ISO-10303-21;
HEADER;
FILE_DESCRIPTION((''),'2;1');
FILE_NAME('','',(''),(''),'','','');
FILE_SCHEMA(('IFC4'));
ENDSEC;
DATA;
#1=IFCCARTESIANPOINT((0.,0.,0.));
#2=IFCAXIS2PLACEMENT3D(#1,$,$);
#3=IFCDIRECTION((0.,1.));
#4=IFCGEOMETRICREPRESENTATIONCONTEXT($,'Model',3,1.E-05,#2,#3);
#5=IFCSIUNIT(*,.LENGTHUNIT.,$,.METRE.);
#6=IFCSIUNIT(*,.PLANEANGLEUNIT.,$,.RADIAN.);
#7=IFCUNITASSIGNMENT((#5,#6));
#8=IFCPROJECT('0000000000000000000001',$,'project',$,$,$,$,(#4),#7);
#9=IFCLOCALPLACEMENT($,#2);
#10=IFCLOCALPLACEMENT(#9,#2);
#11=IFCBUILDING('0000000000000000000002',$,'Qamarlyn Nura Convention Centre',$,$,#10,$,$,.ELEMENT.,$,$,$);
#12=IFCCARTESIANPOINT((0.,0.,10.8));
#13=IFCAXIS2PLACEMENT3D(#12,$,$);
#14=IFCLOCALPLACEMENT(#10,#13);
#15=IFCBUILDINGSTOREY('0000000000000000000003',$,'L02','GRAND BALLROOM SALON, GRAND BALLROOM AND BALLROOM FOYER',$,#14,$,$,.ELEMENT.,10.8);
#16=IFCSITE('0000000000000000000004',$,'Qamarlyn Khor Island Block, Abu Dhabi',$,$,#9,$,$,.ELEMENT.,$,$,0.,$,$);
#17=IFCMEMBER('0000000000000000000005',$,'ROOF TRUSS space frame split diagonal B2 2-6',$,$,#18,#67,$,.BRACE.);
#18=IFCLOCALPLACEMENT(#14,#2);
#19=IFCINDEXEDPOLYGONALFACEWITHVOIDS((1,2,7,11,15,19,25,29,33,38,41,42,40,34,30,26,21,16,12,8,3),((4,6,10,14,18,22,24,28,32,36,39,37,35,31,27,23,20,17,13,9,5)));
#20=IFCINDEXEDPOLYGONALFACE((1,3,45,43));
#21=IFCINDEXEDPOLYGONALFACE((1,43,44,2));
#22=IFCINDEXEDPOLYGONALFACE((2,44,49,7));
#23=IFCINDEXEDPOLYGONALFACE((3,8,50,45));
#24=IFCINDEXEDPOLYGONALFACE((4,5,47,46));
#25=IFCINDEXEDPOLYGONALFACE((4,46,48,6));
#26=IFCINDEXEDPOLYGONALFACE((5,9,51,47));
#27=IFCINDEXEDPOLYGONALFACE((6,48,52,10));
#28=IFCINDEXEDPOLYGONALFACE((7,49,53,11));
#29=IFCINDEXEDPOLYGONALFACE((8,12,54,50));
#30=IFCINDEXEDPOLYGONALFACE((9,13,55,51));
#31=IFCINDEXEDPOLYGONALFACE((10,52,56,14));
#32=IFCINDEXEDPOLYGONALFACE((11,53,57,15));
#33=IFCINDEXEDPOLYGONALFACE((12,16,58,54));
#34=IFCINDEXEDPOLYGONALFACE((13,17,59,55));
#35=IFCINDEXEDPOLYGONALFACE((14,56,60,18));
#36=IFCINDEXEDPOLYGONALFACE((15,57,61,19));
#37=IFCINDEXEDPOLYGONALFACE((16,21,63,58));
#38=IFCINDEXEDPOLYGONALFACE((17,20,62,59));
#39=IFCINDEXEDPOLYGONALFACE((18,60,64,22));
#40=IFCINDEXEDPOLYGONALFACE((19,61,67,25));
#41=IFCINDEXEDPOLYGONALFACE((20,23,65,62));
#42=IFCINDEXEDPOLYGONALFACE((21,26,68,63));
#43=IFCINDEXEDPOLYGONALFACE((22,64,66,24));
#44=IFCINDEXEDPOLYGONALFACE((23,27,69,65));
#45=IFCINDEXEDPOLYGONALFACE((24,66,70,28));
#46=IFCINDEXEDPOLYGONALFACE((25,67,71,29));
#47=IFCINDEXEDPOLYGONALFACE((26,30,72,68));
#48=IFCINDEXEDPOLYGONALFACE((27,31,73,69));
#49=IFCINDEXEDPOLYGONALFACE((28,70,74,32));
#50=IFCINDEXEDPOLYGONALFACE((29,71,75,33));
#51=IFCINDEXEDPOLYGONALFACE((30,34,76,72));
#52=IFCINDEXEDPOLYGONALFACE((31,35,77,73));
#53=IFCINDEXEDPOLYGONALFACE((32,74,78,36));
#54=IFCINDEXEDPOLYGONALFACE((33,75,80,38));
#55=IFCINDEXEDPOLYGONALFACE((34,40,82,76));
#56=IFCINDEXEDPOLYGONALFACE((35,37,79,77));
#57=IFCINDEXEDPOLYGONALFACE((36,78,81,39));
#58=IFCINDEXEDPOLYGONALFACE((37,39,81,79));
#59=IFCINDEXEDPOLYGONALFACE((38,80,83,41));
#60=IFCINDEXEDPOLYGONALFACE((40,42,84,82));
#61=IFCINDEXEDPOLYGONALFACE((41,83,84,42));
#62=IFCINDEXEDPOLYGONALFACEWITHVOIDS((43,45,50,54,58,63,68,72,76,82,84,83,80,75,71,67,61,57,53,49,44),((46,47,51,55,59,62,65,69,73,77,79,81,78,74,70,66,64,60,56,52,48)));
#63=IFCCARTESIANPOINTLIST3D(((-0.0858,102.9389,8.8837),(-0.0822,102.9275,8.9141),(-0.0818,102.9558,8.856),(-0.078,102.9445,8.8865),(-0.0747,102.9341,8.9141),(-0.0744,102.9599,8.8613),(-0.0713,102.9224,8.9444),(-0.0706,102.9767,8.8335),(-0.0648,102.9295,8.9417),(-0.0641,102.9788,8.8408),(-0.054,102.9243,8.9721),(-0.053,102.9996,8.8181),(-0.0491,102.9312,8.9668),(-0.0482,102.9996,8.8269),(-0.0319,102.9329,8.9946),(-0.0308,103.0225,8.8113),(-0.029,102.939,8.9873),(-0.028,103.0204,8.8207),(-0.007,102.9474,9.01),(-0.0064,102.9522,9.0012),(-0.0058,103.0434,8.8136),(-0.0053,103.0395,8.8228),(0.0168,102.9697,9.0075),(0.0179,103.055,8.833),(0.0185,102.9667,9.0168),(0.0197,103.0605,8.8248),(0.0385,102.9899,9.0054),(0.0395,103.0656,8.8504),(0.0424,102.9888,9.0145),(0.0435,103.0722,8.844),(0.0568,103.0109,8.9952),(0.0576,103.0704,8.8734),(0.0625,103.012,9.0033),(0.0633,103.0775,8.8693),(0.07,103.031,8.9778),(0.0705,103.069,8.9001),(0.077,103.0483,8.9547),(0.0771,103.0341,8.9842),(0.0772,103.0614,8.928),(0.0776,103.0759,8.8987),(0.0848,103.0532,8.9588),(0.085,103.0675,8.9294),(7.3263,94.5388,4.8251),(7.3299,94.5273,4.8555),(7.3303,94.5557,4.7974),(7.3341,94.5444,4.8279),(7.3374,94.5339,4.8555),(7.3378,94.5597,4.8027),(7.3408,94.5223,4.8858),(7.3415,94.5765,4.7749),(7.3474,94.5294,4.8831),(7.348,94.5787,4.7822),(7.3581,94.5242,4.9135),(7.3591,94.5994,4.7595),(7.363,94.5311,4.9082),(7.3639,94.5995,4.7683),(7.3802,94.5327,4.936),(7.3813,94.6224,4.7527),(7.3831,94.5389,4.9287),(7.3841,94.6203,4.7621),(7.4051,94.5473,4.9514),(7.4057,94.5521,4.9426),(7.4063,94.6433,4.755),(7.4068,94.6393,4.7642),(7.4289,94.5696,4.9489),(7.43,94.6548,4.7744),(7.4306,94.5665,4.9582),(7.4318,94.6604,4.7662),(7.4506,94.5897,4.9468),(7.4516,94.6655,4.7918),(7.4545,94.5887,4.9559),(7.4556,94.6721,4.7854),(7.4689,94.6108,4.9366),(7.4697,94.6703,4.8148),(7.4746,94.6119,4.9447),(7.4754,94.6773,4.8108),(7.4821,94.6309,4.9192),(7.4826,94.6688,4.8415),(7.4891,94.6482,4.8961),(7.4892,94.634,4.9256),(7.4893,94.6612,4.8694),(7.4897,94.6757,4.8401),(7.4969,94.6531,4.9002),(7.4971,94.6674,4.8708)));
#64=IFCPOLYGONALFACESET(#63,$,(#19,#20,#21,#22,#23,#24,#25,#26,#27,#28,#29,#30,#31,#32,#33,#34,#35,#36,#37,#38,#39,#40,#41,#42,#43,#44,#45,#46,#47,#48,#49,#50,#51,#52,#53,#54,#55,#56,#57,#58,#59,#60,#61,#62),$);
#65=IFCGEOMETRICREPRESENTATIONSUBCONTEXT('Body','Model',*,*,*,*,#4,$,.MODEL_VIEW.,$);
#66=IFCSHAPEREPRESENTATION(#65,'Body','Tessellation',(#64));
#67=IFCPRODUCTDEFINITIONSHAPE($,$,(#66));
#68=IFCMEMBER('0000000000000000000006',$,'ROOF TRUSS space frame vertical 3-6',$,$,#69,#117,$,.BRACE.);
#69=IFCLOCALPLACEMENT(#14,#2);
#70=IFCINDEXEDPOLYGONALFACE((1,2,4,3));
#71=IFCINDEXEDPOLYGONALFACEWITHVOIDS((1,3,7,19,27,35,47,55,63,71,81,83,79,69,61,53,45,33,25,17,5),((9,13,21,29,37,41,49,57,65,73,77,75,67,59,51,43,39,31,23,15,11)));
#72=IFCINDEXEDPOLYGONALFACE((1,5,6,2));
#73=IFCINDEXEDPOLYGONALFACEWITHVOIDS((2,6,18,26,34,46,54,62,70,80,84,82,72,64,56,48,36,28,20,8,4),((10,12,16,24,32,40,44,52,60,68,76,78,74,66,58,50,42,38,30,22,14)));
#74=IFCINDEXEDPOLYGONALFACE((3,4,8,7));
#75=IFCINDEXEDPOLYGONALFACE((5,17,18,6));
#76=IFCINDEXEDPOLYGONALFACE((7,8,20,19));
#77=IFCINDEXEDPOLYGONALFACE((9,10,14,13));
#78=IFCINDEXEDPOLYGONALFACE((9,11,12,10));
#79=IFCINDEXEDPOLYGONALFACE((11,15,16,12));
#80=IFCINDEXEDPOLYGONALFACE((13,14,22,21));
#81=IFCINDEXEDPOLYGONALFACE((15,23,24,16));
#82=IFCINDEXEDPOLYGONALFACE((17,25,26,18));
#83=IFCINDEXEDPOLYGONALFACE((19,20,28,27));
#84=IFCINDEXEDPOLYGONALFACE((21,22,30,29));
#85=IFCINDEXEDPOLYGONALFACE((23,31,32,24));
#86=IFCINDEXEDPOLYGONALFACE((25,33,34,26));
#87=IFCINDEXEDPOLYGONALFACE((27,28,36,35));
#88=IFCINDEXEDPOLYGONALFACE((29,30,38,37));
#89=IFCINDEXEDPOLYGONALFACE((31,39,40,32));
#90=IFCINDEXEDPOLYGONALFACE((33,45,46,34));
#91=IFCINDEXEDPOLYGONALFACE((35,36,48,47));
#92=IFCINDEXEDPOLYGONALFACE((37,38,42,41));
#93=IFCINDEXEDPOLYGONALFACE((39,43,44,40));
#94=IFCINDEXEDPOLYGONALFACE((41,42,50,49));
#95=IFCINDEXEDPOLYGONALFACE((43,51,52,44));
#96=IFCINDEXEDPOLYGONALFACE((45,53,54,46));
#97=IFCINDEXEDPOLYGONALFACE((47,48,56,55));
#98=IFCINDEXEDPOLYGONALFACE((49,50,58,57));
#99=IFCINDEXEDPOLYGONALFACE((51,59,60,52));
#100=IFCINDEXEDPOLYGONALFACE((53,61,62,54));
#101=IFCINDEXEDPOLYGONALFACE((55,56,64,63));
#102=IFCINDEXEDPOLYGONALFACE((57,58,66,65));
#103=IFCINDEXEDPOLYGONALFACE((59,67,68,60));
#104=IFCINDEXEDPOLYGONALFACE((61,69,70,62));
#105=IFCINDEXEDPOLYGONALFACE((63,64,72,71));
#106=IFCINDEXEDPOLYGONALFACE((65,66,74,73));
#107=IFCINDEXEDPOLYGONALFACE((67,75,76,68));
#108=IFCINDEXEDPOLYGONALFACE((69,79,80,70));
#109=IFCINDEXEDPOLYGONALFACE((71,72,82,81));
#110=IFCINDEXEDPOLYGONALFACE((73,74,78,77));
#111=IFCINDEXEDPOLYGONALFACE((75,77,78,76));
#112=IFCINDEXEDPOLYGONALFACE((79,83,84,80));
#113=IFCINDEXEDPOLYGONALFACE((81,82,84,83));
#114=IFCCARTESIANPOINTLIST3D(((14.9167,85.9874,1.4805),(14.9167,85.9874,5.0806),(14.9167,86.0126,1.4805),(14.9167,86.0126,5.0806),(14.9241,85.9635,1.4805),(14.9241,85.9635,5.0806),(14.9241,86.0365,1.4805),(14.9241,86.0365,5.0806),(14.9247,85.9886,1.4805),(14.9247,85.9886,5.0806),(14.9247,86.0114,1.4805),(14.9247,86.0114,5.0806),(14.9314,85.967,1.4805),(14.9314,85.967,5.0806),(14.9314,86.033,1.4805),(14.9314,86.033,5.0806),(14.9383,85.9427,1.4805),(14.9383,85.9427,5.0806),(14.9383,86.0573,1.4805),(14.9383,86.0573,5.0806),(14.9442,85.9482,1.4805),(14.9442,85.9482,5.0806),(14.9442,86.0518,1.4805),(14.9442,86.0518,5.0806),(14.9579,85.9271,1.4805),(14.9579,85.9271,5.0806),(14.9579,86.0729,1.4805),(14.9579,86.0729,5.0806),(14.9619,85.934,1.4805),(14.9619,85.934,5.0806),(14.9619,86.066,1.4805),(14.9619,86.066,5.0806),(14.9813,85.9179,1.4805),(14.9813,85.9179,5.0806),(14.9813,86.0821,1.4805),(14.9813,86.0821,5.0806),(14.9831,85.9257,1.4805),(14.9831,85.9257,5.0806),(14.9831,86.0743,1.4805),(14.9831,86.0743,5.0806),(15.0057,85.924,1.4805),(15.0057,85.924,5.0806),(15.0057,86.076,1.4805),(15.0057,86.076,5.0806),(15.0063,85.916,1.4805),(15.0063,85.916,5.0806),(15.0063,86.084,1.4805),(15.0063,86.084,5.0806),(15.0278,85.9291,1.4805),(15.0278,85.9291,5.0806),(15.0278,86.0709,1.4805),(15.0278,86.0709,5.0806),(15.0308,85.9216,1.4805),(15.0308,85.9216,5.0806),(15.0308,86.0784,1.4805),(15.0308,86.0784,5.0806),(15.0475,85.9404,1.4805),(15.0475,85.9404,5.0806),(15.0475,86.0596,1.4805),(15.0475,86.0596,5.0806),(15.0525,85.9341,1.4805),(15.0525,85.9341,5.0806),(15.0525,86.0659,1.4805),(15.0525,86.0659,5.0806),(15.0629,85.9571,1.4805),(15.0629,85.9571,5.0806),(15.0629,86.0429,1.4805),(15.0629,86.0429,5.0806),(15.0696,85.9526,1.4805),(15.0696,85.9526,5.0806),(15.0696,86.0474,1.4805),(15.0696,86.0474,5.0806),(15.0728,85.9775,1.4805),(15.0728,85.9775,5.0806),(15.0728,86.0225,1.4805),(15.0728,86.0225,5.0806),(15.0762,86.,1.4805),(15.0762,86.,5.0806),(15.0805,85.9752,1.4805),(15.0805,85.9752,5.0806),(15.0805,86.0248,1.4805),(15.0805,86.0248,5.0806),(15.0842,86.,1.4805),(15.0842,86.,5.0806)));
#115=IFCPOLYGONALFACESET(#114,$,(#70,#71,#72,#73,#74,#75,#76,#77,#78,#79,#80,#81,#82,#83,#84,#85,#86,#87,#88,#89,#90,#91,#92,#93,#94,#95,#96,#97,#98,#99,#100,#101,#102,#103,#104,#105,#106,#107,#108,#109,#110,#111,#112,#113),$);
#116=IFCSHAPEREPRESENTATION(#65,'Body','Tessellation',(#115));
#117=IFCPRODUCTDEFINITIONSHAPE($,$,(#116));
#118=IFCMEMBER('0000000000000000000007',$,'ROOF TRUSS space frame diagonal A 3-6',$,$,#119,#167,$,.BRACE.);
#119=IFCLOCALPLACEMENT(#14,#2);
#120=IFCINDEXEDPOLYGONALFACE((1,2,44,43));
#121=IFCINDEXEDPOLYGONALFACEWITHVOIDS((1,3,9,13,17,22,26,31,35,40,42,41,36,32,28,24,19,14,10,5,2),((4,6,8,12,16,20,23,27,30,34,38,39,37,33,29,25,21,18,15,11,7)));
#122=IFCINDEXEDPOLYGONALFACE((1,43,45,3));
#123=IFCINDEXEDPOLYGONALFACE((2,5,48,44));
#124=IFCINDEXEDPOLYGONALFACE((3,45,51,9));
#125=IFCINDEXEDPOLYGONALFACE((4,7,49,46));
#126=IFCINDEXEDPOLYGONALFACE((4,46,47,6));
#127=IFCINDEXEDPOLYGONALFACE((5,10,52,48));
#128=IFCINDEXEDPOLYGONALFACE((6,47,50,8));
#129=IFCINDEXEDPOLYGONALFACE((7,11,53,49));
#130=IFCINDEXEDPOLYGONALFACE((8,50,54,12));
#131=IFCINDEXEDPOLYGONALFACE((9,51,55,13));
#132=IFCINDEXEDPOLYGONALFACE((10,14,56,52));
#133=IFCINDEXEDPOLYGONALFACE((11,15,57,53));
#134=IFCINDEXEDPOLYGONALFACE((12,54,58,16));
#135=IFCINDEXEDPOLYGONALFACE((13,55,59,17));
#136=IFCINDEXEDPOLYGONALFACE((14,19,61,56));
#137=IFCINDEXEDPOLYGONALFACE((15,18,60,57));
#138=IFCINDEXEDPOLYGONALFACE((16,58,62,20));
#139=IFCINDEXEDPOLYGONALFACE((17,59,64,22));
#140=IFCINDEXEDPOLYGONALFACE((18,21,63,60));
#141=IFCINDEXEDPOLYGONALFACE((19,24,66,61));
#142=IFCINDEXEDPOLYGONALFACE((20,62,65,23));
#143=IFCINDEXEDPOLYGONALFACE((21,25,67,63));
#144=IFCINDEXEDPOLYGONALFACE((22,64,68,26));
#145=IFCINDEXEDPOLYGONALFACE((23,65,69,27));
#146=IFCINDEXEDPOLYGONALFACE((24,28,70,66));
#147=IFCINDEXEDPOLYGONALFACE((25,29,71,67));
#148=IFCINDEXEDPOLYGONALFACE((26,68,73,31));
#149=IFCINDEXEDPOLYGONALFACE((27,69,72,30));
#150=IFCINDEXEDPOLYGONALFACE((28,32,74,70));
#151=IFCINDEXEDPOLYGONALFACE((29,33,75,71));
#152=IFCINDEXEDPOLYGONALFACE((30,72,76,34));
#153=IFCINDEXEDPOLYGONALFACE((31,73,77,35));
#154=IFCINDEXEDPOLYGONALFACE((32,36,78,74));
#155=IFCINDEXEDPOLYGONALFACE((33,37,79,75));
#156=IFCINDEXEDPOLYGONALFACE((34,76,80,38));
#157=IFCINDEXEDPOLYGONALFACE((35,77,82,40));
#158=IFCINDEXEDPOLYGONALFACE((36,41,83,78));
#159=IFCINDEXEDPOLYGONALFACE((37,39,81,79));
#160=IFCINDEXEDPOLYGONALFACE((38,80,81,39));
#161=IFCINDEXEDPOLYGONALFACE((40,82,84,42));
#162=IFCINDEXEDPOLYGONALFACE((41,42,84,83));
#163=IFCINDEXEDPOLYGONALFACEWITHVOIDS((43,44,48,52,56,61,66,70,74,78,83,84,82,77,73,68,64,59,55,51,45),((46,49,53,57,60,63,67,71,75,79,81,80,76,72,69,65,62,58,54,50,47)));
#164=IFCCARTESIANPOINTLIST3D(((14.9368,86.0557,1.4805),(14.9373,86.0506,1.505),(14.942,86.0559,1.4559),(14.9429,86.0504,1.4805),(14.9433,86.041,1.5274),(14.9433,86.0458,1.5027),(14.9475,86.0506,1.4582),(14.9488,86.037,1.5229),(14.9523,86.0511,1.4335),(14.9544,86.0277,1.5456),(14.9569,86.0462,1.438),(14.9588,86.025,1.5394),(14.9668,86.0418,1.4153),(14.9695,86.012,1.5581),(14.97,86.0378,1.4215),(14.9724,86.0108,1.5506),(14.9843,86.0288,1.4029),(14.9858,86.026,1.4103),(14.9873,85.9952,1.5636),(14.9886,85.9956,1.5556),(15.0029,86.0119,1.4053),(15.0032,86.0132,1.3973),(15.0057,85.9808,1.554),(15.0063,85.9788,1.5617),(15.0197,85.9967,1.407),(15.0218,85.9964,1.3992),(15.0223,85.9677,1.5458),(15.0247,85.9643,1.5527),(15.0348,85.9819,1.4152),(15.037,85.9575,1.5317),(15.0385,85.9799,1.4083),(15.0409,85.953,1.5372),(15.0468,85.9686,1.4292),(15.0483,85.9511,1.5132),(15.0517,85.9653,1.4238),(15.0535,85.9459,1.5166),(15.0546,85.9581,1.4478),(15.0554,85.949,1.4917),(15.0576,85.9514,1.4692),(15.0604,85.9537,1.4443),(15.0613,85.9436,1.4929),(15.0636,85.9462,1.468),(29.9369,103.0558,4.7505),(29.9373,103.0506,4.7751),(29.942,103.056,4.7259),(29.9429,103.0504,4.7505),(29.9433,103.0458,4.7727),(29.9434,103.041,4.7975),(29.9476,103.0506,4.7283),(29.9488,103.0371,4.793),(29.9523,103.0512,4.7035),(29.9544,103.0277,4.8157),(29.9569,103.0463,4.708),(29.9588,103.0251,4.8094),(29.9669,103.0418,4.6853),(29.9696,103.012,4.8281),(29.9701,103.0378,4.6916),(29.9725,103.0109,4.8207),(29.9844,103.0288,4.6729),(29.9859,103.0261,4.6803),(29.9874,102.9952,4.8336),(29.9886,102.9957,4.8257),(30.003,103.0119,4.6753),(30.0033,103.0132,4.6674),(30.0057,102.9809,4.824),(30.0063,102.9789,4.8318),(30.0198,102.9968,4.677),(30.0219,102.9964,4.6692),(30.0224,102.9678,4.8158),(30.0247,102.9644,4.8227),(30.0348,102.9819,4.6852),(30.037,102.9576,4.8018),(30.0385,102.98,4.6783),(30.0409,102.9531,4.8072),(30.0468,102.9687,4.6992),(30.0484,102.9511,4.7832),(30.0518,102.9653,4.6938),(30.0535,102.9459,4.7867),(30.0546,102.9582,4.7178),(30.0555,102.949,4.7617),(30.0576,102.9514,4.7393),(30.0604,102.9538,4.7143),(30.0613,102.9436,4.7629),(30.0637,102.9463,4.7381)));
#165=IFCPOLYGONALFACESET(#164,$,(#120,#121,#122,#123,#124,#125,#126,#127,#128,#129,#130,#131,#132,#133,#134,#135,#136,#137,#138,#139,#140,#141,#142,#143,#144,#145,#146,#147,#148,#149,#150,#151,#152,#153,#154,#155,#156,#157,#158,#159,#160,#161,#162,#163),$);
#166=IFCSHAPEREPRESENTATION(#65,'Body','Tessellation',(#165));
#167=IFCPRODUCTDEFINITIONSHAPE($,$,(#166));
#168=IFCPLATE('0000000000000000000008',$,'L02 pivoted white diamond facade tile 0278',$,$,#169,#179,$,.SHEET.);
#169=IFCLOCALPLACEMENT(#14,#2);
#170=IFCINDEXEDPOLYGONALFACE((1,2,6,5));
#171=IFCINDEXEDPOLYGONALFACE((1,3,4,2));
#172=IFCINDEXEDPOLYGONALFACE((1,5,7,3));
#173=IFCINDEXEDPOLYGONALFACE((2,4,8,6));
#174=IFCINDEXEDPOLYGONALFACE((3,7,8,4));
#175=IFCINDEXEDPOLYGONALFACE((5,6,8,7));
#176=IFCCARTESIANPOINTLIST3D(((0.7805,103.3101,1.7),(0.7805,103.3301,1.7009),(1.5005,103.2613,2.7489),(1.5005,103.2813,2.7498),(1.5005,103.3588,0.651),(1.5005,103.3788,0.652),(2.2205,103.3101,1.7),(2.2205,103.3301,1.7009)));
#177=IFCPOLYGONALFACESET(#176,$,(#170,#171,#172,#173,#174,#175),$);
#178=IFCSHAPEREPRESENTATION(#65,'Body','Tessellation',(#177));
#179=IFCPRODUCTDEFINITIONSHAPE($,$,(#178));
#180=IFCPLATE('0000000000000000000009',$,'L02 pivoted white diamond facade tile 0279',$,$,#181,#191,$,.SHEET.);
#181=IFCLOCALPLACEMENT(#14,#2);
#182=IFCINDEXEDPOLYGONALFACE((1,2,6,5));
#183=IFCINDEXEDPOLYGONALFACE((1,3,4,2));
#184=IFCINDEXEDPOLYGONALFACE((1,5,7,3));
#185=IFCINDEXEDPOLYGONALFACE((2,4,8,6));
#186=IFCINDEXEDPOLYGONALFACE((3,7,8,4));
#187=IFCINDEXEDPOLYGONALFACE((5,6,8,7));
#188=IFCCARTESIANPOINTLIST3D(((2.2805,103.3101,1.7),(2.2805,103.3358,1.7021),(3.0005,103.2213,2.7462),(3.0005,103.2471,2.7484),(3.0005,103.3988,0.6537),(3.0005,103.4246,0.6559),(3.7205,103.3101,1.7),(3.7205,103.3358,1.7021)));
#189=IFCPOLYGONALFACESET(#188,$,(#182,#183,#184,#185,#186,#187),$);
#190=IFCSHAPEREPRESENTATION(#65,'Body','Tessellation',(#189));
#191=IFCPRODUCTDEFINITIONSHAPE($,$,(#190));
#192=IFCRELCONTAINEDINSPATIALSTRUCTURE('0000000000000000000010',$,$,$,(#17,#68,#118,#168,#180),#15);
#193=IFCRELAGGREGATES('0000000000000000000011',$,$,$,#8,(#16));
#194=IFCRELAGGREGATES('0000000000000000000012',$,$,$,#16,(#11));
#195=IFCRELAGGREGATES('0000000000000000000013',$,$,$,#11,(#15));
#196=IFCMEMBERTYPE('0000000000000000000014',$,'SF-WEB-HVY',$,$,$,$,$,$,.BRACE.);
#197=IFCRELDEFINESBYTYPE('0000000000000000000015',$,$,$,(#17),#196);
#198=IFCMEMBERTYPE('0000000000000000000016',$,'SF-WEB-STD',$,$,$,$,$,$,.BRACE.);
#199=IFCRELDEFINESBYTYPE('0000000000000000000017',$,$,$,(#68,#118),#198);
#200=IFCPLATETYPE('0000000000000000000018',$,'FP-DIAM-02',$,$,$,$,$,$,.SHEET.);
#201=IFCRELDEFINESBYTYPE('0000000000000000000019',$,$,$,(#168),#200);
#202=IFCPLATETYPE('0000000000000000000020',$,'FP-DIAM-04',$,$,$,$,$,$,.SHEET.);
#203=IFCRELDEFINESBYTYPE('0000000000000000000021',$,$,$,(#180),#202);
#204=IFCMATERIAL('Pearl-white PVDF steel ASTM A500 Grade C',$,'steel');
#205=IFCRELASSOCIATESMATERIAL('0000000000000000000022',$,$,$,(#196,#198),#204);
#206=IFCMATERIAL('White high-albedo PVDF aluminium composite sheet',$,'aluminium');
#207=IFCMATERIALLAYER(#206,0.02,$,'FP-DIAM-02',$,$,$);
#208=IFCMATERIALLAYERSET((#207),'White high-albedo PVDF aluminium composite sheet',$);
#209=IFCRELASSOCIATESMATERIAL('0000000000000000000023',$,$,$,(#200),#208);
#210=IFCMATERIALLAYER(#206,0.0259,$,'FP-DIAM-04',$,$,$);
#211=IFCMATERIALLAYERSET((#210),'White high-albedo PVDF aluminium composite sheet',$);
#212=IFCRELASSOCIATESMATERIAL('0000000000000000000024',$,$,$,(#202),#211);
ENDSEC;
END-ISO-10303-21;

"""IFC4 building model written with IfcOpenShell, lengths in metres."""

from ifc_helpers import new_model, si_unit, direction, frame, origin, origin_2d, place, context, subcontext, project, spatial, polyline, hollow_circle, outline, extrude, material, layer, layer_set, material_profile, profile_set, type_object, element, save


model = new_model("IFC4")

# Units and contexts
model_context = context("Model", 3, precision=1e-05, world=origin(), true_north=direction((0.0, 1.0)))
body_context = subcontext(model_context, "Body", "Model", "MODEL_VIEW")
ifc_project = project(units=[si_unit("LENGTHUNIT", "METRE"), si_unit("PLANEANGLEUNIT", "RADIAN")], contexts=[model_context])

# Site, building, storey
site_placement = place(None, origin())
site = spatial("IfcSite", under=ifc_project, at=site_placement, Name="Qamarlyn Khor Island Block, Abu Dhabi", CompositionType="ELEMENT", RefElevation=0.0)
building_placement = place(site_placement, origin())
building = spatial("IfcBuilding", under=site, at=building_placement, Name="Qamarlyn Nura Convention Centre", CompositionType="ELEMENT")
storey_placement = place(building_placement, frame((0.0, 0.0, 10.8)))
storey = spatial("IfcBuildingStorey", under=building, at=storey_placement, Name="L02", Description="GRAND BALLROOM SALON, GRAND BALLROOM AND BALLROOM FOYER", CompositionType="ELEMENT", Elevation=10.8)

# Members
ifc_material_1 = material(Name="Pearl-white PVDF steel ASTM A500 Grade C", Category="steel")
ifc_material_profile_1 = material_profile(ifc_material_1, hollow_circle(Radius=0.1096, WallThickness=0.01, at=origin_2d()), Name="CHS219.1X10")
ifc_profile_set_1 = profile_set([ifc_material_profile_1], Name="Pearl-white PVDF steel ASTM A500 Grade C")
member_type_1 = type_object("IfcMemberType", Name="SF-WEB-HVY", PredefinedType="BRACE", material=ifc_profile_set_1)
member_1_placement = place(storey_placement, frame((7.4121, 94.5999, 4.8555), z_axis=(-0.622067, 0.704989, 0.340621), x_axis=(-0.749828, -0.661632, 0.0)))
element("IfcMember", 1, at=member_1_placement, inside=storey, type_object=member_type_1, Name="ROOF TRUSS space frame split diagonal B2 2-6", PredefinedType="BRACE", context=body_context, shape_type="SweptSolid", body=[
    extrude(hollow_circle(Radius=0.1096, WallThickness=0.01, at=origin_2d()), origin(), (0.0, 0.0, 1.0), 11.9153),
])
ifc_material_profile_2 = material_profile(ifc_material_1, hollow_circle(Radius=0.0842, WallThickness=0.0081, at=origin_2d()), Name="CHS168.3X8")
ifc_profile_set_2 = profile_set([ifc_material_profile_2], Name="Pearl-white PVDF steel ASTM A500 Grade C")
member_type_2 = type_object("IfcMemberType", Name="SF-WEB-STD", PredefinedType="BRACE", material=ifc_profile_set_2)
member_2_placement = place(storey_placement, frame((15.0, 86.0, 1.4805), z_axis=(0.0, 0.0, 1.0), x_axis=(1.0, 0.0, 0.0)))
element("IfcMember", 2, at=member_2_placement, inside=storey, type_object=member_type_2, Name="ROOF TRUSS space frame vertical 3-6", PredefinedType="BRACE", context=body_context, shape_type="SweptSolid", body=[
    extrude(hollow_circle(Radius=0.0842, WallThickness=0.0081, at=origin_2d()), origin(), (0.0, 0.0, 1.0), 3.6001),
])
member_3_placement = place(storey_placement, frame((15.0, 86.0, 1.4805), z_axis=(0.654845, 0.742158, 0.142757), x_axis=(-0.749838, 0.661622, 0.0)))
element("IfcMember", 3, at=member_3_placement, inside=storey, type_object=member_type_2, Name="ROOF TRUSS space frame diagonal A 3-6", PredefinedType="BRACE", context=body_context, shape_type="SweptSolid", body=[
    extrude(hollow_circle(Radius=0.0842, WallThickness=0.0081, at=origin_2d()), origin(), (0.0, 0.0, 1.0), 22.9062),
])

# Plates
ifc_material_2 = material(Name="White high-albedo PVDF aluminium composite sheet", Category="aluminium")
ifc_layer_1 = layer(ifc_material_2, 0.02, Name="FP-DIAM-02")
ifc_layer_set_1 = layer_set([ifc_layer_1], Name="White high-albedo PVDF aluminium composite sheet")
plate_type_1 = type_object("IfcPlateType", Name="FP-DIAM-02", PredefinedType="SHEET", material=ifc_layer_set_1)
plate_1_placement = place(storey_placement, frame((1.5005, 103.3101, 1.7), z_axis=(0.0, 0.998923, 0.046409), x_axis=(-1.0, 0.0, 0.0)))
element("IfcPlate", 4, at=plate_1_placement, inside=storey, type_object=plate_type_1, Name="L02 pivoted white diamond facade tile 0278", PredefinedType="SHEET", context=body_context, shape_type="SweptSolid", body=[
    extrude(outline(polyline([(-0.72, 0.0), (0.0, -1.05), (0.72, 0.0), (0.0, 1.05), (-0.72, 0.0)])), origin(), (0.0, 0.0, 1.0), 0.02),
])
ifc_layer_2 = layer(ifc_material_2, 0.0259, Name="FP-DIAM-04")
ifc_layer_set_2 = layer_set([ifc_layer_2], Name="White high-albedo PVDF aluminium composite sheet")
plate_type_2 = type_object("IfcPlateType", Name="FP-DIAM-04", PredefinedType="SHEET", material=ifc_layer_set_2)
plate_2_placement = place(storey_placement, frame((3.0005, 103.3101, 1.7), z_axis=(0.0, 0.996419, 0.084547), x_axis=(-1.0, 0.0, 0.0)))
element("IfcPlate", 5, at=plate_2_placement, inside=storey, type_object=plate_type_2, Name="L02 pivoted white diamond facade tile 0279", PredefinedType="SHEET", context=body_context, shape_type="SweptSolid", body=[
    extrude(outline(polyline([(-0.72, 0.0), (0.0, -1.05), (0.72, 0.0), (0.0, 1.05), (-0.72, 0.0)])), origin(), (0.0, 0.0, 1.0), 0.0259),
])

save(model, "model.ifc")
